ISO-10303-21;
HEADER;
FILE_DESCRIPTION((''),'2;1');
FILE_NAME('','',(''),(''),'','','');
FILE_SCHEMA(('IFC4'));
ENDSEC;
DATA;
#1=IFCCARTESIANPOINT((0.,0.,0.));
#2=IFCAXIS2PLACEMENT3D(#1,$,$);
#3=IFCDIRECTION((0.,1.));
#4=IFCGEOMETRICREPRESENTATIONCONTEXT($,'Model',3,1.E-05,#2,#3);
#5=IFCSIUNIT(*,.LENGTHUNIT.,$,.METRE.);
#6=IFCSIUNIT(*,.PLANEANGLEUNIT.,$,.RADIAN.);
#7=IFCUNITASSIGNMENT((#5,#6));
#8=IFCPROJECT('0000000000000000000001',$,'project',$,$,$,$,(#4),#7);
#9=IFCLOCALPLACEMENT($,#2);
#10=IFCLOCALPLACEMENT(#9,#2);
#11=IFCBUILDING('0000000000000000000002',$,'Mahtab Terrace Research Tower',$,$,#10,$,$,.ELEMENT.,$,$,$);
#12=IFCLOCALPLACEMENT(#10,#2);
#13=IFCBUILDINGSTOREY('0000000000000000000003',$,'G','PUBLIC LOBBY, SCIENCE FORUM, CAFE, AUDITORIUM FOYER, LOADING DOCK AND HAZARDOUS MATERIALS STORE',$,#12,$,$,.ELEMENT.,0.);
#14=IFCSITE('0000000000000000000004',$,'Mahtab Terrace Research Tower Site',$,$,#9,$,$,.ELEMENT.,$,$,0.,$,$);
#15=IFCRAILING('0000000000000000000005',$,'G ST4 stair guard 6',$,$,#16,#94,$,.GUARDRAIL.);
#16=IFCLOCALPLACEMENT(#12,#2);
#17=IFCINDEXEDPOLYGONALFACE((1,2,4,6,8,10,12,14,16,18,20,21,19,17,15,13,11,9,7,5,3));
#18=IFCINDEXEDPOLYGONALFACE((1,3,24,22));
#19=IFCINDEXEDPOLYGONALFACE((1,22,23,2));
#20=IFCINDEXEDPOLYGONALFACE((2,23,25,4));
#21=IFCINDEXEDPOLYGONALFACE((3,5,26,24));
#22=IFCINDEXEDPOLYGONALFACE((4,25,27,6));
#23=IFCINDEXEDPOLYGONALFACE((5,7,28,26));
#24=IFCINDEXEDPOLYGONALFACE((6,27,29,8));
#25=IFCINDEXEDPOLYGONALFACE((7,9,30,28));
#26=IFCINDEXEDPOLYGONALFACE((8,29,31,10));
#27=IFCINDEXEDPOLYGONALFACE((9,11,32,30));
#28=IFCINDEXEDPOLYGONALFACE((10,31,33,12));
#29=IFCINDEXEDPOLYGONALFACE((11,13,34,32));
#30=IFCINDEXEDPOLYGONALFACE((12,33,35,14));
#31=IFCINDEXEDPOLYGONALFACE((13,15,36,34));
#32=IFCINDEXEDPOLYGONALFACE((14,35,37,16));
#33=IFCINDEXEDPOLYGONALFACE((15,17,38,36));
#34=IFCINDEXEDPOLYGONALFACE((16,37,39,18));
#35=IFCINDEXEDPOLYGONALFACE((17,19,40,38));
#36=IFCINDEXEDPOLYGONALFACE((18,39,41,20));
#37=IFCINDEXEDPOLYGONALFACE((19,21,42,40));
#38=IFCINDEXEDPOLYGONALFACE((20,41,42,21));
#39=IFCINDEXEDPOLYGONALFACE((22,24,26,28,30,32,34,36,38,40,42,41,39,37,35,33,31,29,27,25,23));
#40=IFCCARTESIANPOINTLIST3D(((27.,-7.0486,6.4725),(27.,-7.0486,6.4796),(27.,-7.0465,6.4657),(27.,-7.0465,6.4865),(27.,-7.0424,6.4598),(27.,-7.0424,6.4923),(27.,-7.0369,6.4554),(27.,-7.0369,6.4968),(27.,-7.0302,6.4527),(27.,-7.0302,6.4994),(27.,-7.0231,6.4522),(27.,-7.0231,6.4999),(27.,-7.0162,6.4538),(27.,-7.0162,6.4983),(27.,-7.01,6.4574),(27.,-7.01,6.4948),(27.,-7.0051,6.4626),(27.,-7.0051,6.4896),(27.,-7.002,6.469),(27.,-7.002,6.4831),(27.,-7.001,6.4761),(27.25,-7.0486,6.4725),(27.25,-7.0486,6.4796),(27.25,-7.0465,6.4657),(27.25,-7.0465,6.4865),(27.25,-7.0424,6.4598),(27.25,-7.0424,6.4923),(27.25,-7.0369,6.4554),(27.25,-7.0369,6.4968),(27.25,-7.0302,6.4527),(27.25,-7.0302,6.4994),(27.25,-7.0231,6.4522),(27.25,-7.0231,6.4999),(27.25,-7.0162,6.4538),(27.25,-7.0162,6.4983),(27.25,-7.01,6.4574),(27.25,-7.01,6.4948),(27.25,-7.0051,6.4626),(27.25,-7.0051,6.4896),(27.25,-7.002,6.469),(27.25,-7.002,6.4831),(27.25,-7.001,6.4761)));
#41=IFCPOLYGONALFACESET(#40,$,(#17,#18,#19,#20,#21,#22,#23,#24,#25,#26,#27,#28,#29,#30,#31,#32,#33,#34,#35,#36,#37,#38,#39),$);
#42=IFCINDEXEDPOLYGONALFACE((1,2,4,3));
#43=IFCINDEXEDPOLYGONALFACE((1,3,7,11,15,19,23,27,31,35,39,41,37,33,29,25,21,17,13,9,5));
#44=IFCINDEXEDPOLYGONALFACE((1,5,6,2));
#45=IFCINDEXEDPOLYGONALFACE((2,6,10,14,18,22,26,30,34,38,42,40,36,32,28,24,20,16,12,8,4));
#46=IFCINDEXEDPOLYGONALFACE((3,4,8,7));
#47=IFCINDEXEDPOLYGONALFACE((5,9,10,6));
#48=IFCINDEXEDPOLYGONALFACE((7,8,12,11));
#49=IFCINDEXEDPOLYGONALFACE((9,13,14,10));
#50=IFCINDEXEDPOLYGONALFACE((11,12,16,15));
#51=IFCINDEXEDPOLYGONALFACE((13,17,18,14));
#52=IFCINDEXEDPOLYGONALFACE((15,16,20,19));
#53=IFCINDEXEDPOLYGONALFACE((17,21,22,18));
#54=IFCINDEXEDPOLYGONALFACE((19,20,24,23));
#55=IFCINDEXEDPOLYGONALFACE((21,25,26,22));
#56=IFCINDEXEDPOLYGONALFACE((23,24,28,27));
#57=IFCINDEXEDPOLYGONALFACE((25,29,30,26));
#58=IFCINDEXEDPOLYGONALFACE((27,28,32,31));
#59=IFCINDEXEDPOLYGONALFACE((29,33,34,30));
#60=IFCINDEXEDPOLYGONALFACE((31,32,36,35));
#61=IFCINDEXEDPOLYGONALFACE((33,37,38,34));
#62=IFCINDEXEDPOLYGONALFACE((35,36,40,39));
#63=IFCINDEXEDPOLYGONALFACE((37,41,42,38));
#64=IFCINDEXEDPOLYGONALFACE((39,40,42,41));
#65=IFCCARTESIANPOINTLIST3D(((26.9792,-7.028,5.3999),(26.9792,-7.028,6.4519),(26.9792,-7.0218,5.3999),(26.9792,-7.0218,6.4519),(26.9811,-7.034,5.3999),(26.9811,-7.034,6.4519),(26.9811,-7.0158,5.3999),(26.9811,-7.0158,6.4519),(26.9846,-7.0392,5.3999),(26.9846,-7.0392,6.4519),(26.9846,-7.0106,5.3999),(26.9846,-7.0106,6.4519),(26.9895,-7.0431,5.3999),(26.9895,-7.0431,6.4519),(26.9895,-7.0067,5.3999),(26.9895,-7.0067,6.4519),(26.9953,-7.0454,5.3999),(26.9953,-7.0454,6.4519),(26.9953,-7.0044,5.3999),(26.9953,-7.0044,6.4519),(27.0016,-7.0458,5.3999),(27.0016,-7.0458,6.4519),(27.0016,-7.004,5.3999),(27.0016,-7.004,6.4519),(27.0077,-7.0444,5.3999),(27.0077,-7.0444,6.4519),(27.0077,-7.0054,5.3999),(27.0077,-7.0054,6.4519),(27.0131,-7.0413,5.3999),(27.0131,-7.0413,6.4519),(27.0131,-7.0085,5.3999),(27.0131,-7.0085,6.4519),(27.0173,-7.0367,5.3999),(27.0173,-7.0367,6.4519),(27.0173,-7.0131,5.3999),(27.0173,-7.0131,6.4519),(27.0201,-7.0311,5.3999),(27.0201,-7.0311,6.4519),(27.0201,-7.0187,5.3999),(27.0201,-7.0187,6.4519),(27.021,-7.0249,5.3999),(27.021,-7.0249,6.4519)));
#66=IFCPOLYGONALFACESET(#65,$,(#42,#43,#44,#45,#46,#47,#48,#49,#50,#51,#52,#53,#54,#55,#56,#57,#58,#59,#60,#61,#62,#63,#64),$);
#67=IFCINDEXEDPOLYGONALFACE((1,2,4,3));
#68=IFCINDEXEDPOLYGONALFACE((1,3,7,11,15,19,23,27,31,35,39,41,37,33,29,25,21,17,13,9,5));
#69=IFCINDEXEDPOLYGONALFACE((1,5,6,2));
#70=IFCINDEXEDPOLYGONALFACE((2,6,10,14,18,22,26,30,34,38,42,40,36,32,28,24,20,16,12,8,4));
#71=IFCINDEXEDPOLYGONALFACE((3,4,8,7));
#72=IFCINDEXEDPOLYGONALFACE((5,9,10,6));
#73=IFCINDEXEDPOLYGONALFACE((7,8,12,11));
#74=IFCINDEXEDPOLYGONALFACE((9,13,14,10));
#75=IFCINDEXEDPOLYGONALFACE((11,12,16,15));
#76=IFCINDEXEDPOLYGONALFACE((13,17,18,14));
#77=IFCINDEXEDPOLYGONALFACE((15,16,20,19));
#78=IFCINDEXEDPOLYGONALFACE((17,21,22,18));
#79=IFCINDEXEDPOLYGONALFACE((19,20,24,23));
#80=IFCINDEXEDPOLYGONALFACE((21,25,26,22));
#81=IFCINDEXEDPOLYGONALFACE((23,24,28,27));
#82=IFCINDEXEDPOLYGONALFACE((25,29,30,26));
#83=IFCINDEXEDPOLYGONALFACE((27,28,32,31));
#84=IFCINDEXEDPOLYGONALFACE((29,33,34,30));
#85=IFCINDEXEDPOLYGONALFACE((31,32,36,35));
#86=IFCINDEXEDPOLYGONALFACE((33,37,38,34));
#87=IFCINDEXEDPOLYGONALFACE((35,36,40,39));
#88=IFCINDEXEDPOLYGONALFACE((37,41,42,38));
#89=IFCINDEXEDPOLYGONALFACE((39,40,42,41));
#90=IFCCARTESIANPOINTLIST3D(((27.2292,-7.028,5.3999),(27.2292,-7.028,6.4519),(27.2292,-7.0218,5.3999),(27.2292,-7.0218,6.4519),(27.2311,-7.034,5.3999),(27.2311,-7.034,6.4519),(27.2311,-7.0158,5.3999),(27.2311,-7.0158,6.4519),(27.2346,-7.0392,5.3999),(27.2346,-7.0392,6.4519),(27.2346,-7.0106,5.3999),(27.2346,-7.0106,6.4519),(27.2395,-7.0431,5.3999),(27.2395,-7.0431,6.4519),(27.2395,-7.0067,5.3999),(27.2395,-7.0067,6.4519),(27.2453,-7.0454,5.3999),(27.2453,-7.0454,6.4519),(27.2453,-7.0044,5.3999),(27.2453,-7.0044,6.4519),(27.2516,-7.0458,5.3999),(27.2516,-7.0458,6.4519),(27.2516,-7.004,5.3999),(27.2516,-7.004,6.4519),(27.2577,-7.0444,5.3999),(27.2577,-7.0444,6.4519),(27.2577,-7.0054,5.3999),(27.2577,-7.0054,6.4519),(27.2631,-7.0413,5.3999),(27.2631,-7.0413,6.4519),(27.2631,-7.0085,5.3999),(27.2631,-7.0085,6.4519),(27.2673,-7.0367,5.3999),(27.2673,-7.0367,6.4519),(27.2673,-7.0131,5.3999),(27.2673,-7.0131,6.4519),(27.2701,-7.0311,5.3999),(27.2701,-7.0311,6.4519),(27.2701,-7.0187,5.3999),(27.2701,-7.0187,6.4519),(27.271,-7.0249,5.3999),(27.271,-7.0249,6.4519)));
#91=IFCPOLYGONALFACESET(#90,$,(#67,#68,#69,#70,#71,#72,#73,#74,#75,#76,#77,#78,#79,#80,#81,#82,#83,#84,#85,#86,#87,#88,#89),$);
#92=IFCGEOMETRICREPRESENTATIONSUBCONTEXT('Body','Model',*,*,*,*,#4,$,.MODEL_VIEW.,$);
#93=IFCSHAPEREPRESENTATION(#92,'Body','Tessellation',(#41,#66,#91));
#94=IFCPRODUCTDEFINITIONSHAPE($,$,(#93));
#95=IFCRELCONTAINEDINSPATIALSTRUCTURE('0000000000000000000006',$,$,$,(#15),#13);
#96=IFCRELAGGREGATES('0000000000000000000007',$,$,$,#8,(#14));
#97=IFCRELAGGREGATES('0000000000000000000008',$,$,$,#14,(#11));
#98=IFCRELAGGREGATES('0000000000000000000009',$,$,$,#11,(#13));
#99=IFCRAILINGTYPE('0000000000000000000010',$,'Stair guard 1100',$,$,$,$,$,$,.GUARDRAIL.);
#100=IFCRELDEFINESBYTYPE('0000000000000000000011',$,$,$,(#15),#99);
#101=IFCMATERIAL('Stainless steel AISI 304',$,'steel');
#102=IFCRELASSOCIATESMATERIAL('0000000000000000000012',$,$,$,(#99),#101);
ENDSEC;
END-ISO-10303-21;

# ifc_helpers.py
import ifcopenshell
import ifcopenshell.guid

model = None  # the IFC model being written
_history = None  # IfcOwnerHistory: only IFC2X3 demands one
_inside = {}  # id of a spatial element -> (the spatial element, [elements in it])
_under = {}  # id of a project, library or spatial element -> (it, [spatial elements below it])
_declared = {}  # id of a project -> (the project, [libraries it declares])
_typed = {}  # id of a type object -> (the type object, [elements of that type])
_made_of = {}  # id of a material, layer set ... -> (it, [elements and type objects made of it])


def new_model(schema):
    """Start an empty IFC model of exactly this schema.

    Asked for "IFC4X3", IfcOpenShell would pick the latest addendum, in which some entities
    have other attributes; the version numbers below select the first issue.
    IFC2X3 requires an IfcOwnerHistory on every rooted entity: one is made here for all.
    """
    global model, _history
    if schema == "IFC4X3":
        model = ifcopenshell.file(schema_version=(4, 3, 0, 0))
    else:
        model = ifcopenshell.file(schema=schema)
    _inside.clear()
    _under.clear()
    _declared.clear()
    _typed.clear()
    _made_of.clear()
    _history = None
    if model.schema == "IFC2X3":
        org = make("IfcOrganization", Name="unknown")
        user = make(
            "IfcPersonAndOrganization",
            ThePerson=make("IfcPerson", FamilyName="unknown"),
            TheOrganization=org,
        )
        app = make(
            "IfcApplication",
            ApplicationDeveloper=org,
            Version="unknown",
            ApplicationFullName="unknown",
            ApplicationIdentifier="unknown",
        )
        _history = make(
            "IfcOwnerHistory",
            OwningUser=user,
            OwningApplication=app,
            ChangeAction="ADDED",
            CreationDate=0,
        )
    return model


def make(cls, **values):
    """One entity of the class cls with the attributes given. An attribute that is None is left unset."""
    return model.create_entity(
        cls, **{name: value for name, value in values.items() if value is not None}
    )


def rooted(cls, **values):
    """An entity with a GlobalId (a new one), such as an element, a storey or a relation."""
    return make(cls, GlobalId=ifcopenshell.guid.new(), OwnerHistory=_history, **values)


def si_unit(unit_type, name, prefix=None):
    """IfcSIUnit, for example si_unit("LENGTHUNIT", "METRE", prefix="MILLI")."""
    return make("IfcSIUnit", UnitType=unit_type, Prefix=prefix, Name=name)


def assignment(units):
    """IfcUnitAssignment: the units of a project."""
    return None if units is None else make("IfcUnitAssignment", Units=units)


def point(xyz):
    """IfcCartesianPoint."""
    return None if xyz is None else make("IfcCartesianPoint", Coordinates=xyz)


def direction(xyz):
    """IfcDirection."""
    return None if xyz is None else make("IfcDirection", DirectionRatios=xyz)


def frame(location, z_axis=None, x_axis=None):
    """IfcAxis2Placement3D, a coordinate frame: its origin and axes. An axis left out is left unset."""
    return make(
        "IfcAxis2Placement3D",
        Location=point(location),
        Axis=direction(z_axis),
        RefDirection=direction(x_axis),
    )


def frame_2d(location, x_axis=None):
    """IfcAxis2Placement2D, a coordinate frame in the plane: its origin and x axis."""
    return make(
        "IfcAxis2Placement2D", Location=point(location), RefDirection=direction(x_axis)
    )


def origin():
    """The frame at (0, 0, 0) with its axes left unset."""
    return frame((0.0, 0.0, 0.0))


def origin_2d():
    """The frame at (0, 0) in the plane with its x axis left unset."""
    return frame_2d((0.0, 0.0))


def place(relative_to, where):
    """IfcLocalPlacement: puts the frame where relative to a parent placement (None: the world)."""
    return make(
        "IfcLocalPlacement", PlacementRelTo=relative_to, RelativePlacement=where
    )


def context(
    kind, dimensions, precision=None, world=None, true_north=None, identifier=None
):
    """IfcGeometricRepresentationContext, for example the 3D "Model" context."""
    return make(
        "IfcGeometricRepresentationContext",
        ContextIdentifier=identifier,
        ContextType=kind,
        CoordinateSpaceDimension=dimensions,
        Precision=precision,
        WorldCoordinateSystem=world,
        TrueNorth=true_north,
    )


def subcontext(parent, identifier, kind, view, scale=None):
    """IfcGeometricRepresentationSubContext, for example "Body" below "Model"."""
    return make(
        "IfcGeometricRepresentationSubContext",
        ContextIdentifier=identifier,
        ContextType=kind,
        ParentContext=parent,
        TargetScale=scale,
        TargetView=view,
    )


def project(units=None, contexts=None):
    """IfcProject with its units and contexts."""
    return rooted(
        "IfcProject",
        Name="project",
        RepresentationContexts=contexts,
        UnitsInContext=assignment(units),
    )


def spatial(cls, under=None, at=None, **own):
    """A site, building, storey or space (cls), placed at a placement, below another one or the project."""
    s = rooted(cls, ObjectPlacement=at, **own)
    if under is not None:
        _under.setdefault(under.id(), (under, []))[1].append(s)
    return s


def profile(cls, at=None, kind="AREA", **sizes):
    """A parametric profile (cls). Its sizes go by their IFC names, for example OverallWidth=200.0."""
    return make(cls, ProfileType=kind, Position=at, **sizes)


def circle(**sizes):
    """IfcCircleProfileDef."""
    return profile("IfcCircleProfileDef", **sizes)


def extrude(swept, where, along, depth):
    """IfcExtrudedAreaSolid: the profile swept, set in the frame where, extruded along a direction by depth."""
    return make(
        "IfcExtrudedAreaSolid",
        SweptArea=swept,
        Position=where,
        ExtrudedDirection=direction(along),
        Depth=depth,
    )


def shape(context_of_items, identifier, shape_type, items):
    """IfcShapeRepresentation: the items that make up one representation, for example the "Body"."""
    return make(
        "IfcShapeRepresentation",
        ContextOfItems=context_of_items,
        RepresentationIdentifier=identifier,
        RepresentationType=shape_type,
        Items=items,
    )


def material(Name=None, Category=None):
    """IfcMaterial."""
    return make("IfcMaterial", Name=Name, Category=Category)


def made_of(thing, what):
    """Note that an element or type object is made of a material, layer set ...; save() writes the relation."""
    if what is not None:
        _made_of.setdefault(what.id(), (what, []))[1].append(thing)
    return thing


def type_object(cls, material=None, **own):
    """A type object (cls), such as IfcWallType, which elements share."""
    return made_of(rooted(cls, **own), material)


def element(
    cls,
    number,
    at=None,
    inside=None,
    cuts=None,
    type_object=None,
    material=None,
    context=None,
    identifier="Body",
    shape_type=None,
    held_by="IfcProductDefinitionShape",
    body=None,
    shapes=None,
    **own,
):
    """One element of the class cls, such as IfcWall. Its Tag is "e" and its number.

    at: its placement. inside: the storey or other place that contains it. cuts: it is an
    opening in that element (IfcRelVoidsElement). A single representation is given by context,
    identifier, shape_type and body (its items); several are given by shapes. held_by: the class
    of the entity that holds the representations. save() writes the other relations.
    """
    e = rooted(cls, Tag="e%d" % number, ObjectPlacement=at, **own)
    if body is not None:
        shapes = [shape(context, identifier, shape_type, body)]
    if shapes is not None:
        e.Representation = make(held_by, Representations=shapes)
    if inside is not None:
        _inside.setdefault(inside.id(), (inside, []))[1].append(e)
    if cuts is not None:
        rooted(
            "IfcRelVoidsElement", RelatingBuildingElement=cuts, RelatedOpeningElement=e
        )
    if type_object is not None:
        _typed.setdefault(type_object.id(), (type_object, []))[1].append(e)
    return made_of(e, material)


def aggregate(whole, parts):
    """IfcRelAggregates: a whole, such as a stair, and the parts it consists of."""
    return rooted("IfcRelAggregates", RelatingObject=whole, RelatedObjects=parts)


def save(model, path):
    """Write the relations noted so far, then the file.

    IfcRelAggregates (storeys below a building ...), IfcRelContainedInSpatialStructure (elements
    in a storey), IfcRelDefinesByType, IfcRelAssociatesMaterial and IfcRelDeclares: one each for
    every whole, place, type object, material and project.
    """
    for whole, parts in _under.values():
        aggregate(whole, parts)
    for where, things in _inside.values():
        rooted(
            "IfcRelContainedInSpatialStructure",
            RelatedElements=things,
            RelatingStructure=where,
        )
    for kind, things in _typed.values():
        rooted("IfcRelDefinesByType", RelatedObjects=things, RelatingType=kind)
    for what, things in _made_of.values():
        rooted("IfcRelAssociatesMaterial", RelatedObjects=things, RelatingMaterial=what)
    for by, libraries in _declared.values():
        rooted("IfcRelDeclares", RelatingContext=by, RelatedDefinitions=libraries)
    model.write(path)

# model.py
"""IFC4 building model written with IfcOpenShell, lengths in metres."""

from ifc_helpers import new_model, si_unit, direction, frame, origin, origin_2d, place, context, subcontext, project, spatial, circle, extrude, material, type_object, element, save


model = new_model("IFC4")

# Units and contexts
model_context = context("Model", 3, precision=1e-05, world=origin(), true_north=direction((0.0, 1.0)))
body_context = subcontext(model_context, "Body", "Model", "MODEL_VIEW")
ifc_project = project(units=[si_unit("LENGTHUNIT", "METRE"), si_unit("PLANEANGLEUNIT", "RADIAN")], contexts=[model_context])

# Site, building, storey
site_placement = place(None, origin())
site = spatial("IfcSite", under=ifc_project, at=site_placement, Name="Mahtab Terrace Research Tower Site", CompositionType="ELEMENT", RefElevation=0.0)
building_placement = place(site_placement, origin())
building = spatial("IfcBuilding", under=site, at=building_placement, Name="Mahtab Terrace Research Tower", CompositionType="ELEMENT")
storey_placement = place(building_placement, origin())
storey = spatial("IfcBuildingStorey", under=building, at=storey_placement, Name="G", Description="PUBLIC LOBBY, SCIENCE FORUM, CAFE, AUDITORIUM FOYER, LOADING DOCK AND HAZARDOUS MATERIALS STORE", CompositionType="ELEMENT", Elevation=0.0)

# Railing
ifc_material_1 = material(Name="Stainless steel AISI 304", Category="steel")
railing_type_1 = type_object("IfcRailingType", Name="Stair guard 1100", PredefinedType="GUARDRAIL", material=ifc_material_1)
railing_1_placement = place(storey_placement, frame((27.0, -7.0249, 5.3999)))
element("IfcRailing", 1, at=railing_1_placement, inside=storey, type_object=railing_type_1, Name="G ST4 stair guard 6", PredefinedType="GUARDRAIL", context=body_context, shape_type="SweptSolid", body=[
    extrude(circle(Radius=0.0239, at=origin_2d()), frame((0.0, 0.0, 1.0762), z_axis=(1.0, 0.0, 0.0), x_axis=(0.0, 1.0, 0.0)), (0.0, 0.0, 1.0), 0.25),
    extrude(circle(Radius=0.021, at=origin_2d()), origin(), (0.0, 0.0, 1.0), 1.052),
    extrude(circle(Radius=0.021, at=origin_2d()), frame((0.25, 0.0, 0.0)), (0.0, 0.0, 1.0), 1.052),
])

save(model, "model.ifc")
